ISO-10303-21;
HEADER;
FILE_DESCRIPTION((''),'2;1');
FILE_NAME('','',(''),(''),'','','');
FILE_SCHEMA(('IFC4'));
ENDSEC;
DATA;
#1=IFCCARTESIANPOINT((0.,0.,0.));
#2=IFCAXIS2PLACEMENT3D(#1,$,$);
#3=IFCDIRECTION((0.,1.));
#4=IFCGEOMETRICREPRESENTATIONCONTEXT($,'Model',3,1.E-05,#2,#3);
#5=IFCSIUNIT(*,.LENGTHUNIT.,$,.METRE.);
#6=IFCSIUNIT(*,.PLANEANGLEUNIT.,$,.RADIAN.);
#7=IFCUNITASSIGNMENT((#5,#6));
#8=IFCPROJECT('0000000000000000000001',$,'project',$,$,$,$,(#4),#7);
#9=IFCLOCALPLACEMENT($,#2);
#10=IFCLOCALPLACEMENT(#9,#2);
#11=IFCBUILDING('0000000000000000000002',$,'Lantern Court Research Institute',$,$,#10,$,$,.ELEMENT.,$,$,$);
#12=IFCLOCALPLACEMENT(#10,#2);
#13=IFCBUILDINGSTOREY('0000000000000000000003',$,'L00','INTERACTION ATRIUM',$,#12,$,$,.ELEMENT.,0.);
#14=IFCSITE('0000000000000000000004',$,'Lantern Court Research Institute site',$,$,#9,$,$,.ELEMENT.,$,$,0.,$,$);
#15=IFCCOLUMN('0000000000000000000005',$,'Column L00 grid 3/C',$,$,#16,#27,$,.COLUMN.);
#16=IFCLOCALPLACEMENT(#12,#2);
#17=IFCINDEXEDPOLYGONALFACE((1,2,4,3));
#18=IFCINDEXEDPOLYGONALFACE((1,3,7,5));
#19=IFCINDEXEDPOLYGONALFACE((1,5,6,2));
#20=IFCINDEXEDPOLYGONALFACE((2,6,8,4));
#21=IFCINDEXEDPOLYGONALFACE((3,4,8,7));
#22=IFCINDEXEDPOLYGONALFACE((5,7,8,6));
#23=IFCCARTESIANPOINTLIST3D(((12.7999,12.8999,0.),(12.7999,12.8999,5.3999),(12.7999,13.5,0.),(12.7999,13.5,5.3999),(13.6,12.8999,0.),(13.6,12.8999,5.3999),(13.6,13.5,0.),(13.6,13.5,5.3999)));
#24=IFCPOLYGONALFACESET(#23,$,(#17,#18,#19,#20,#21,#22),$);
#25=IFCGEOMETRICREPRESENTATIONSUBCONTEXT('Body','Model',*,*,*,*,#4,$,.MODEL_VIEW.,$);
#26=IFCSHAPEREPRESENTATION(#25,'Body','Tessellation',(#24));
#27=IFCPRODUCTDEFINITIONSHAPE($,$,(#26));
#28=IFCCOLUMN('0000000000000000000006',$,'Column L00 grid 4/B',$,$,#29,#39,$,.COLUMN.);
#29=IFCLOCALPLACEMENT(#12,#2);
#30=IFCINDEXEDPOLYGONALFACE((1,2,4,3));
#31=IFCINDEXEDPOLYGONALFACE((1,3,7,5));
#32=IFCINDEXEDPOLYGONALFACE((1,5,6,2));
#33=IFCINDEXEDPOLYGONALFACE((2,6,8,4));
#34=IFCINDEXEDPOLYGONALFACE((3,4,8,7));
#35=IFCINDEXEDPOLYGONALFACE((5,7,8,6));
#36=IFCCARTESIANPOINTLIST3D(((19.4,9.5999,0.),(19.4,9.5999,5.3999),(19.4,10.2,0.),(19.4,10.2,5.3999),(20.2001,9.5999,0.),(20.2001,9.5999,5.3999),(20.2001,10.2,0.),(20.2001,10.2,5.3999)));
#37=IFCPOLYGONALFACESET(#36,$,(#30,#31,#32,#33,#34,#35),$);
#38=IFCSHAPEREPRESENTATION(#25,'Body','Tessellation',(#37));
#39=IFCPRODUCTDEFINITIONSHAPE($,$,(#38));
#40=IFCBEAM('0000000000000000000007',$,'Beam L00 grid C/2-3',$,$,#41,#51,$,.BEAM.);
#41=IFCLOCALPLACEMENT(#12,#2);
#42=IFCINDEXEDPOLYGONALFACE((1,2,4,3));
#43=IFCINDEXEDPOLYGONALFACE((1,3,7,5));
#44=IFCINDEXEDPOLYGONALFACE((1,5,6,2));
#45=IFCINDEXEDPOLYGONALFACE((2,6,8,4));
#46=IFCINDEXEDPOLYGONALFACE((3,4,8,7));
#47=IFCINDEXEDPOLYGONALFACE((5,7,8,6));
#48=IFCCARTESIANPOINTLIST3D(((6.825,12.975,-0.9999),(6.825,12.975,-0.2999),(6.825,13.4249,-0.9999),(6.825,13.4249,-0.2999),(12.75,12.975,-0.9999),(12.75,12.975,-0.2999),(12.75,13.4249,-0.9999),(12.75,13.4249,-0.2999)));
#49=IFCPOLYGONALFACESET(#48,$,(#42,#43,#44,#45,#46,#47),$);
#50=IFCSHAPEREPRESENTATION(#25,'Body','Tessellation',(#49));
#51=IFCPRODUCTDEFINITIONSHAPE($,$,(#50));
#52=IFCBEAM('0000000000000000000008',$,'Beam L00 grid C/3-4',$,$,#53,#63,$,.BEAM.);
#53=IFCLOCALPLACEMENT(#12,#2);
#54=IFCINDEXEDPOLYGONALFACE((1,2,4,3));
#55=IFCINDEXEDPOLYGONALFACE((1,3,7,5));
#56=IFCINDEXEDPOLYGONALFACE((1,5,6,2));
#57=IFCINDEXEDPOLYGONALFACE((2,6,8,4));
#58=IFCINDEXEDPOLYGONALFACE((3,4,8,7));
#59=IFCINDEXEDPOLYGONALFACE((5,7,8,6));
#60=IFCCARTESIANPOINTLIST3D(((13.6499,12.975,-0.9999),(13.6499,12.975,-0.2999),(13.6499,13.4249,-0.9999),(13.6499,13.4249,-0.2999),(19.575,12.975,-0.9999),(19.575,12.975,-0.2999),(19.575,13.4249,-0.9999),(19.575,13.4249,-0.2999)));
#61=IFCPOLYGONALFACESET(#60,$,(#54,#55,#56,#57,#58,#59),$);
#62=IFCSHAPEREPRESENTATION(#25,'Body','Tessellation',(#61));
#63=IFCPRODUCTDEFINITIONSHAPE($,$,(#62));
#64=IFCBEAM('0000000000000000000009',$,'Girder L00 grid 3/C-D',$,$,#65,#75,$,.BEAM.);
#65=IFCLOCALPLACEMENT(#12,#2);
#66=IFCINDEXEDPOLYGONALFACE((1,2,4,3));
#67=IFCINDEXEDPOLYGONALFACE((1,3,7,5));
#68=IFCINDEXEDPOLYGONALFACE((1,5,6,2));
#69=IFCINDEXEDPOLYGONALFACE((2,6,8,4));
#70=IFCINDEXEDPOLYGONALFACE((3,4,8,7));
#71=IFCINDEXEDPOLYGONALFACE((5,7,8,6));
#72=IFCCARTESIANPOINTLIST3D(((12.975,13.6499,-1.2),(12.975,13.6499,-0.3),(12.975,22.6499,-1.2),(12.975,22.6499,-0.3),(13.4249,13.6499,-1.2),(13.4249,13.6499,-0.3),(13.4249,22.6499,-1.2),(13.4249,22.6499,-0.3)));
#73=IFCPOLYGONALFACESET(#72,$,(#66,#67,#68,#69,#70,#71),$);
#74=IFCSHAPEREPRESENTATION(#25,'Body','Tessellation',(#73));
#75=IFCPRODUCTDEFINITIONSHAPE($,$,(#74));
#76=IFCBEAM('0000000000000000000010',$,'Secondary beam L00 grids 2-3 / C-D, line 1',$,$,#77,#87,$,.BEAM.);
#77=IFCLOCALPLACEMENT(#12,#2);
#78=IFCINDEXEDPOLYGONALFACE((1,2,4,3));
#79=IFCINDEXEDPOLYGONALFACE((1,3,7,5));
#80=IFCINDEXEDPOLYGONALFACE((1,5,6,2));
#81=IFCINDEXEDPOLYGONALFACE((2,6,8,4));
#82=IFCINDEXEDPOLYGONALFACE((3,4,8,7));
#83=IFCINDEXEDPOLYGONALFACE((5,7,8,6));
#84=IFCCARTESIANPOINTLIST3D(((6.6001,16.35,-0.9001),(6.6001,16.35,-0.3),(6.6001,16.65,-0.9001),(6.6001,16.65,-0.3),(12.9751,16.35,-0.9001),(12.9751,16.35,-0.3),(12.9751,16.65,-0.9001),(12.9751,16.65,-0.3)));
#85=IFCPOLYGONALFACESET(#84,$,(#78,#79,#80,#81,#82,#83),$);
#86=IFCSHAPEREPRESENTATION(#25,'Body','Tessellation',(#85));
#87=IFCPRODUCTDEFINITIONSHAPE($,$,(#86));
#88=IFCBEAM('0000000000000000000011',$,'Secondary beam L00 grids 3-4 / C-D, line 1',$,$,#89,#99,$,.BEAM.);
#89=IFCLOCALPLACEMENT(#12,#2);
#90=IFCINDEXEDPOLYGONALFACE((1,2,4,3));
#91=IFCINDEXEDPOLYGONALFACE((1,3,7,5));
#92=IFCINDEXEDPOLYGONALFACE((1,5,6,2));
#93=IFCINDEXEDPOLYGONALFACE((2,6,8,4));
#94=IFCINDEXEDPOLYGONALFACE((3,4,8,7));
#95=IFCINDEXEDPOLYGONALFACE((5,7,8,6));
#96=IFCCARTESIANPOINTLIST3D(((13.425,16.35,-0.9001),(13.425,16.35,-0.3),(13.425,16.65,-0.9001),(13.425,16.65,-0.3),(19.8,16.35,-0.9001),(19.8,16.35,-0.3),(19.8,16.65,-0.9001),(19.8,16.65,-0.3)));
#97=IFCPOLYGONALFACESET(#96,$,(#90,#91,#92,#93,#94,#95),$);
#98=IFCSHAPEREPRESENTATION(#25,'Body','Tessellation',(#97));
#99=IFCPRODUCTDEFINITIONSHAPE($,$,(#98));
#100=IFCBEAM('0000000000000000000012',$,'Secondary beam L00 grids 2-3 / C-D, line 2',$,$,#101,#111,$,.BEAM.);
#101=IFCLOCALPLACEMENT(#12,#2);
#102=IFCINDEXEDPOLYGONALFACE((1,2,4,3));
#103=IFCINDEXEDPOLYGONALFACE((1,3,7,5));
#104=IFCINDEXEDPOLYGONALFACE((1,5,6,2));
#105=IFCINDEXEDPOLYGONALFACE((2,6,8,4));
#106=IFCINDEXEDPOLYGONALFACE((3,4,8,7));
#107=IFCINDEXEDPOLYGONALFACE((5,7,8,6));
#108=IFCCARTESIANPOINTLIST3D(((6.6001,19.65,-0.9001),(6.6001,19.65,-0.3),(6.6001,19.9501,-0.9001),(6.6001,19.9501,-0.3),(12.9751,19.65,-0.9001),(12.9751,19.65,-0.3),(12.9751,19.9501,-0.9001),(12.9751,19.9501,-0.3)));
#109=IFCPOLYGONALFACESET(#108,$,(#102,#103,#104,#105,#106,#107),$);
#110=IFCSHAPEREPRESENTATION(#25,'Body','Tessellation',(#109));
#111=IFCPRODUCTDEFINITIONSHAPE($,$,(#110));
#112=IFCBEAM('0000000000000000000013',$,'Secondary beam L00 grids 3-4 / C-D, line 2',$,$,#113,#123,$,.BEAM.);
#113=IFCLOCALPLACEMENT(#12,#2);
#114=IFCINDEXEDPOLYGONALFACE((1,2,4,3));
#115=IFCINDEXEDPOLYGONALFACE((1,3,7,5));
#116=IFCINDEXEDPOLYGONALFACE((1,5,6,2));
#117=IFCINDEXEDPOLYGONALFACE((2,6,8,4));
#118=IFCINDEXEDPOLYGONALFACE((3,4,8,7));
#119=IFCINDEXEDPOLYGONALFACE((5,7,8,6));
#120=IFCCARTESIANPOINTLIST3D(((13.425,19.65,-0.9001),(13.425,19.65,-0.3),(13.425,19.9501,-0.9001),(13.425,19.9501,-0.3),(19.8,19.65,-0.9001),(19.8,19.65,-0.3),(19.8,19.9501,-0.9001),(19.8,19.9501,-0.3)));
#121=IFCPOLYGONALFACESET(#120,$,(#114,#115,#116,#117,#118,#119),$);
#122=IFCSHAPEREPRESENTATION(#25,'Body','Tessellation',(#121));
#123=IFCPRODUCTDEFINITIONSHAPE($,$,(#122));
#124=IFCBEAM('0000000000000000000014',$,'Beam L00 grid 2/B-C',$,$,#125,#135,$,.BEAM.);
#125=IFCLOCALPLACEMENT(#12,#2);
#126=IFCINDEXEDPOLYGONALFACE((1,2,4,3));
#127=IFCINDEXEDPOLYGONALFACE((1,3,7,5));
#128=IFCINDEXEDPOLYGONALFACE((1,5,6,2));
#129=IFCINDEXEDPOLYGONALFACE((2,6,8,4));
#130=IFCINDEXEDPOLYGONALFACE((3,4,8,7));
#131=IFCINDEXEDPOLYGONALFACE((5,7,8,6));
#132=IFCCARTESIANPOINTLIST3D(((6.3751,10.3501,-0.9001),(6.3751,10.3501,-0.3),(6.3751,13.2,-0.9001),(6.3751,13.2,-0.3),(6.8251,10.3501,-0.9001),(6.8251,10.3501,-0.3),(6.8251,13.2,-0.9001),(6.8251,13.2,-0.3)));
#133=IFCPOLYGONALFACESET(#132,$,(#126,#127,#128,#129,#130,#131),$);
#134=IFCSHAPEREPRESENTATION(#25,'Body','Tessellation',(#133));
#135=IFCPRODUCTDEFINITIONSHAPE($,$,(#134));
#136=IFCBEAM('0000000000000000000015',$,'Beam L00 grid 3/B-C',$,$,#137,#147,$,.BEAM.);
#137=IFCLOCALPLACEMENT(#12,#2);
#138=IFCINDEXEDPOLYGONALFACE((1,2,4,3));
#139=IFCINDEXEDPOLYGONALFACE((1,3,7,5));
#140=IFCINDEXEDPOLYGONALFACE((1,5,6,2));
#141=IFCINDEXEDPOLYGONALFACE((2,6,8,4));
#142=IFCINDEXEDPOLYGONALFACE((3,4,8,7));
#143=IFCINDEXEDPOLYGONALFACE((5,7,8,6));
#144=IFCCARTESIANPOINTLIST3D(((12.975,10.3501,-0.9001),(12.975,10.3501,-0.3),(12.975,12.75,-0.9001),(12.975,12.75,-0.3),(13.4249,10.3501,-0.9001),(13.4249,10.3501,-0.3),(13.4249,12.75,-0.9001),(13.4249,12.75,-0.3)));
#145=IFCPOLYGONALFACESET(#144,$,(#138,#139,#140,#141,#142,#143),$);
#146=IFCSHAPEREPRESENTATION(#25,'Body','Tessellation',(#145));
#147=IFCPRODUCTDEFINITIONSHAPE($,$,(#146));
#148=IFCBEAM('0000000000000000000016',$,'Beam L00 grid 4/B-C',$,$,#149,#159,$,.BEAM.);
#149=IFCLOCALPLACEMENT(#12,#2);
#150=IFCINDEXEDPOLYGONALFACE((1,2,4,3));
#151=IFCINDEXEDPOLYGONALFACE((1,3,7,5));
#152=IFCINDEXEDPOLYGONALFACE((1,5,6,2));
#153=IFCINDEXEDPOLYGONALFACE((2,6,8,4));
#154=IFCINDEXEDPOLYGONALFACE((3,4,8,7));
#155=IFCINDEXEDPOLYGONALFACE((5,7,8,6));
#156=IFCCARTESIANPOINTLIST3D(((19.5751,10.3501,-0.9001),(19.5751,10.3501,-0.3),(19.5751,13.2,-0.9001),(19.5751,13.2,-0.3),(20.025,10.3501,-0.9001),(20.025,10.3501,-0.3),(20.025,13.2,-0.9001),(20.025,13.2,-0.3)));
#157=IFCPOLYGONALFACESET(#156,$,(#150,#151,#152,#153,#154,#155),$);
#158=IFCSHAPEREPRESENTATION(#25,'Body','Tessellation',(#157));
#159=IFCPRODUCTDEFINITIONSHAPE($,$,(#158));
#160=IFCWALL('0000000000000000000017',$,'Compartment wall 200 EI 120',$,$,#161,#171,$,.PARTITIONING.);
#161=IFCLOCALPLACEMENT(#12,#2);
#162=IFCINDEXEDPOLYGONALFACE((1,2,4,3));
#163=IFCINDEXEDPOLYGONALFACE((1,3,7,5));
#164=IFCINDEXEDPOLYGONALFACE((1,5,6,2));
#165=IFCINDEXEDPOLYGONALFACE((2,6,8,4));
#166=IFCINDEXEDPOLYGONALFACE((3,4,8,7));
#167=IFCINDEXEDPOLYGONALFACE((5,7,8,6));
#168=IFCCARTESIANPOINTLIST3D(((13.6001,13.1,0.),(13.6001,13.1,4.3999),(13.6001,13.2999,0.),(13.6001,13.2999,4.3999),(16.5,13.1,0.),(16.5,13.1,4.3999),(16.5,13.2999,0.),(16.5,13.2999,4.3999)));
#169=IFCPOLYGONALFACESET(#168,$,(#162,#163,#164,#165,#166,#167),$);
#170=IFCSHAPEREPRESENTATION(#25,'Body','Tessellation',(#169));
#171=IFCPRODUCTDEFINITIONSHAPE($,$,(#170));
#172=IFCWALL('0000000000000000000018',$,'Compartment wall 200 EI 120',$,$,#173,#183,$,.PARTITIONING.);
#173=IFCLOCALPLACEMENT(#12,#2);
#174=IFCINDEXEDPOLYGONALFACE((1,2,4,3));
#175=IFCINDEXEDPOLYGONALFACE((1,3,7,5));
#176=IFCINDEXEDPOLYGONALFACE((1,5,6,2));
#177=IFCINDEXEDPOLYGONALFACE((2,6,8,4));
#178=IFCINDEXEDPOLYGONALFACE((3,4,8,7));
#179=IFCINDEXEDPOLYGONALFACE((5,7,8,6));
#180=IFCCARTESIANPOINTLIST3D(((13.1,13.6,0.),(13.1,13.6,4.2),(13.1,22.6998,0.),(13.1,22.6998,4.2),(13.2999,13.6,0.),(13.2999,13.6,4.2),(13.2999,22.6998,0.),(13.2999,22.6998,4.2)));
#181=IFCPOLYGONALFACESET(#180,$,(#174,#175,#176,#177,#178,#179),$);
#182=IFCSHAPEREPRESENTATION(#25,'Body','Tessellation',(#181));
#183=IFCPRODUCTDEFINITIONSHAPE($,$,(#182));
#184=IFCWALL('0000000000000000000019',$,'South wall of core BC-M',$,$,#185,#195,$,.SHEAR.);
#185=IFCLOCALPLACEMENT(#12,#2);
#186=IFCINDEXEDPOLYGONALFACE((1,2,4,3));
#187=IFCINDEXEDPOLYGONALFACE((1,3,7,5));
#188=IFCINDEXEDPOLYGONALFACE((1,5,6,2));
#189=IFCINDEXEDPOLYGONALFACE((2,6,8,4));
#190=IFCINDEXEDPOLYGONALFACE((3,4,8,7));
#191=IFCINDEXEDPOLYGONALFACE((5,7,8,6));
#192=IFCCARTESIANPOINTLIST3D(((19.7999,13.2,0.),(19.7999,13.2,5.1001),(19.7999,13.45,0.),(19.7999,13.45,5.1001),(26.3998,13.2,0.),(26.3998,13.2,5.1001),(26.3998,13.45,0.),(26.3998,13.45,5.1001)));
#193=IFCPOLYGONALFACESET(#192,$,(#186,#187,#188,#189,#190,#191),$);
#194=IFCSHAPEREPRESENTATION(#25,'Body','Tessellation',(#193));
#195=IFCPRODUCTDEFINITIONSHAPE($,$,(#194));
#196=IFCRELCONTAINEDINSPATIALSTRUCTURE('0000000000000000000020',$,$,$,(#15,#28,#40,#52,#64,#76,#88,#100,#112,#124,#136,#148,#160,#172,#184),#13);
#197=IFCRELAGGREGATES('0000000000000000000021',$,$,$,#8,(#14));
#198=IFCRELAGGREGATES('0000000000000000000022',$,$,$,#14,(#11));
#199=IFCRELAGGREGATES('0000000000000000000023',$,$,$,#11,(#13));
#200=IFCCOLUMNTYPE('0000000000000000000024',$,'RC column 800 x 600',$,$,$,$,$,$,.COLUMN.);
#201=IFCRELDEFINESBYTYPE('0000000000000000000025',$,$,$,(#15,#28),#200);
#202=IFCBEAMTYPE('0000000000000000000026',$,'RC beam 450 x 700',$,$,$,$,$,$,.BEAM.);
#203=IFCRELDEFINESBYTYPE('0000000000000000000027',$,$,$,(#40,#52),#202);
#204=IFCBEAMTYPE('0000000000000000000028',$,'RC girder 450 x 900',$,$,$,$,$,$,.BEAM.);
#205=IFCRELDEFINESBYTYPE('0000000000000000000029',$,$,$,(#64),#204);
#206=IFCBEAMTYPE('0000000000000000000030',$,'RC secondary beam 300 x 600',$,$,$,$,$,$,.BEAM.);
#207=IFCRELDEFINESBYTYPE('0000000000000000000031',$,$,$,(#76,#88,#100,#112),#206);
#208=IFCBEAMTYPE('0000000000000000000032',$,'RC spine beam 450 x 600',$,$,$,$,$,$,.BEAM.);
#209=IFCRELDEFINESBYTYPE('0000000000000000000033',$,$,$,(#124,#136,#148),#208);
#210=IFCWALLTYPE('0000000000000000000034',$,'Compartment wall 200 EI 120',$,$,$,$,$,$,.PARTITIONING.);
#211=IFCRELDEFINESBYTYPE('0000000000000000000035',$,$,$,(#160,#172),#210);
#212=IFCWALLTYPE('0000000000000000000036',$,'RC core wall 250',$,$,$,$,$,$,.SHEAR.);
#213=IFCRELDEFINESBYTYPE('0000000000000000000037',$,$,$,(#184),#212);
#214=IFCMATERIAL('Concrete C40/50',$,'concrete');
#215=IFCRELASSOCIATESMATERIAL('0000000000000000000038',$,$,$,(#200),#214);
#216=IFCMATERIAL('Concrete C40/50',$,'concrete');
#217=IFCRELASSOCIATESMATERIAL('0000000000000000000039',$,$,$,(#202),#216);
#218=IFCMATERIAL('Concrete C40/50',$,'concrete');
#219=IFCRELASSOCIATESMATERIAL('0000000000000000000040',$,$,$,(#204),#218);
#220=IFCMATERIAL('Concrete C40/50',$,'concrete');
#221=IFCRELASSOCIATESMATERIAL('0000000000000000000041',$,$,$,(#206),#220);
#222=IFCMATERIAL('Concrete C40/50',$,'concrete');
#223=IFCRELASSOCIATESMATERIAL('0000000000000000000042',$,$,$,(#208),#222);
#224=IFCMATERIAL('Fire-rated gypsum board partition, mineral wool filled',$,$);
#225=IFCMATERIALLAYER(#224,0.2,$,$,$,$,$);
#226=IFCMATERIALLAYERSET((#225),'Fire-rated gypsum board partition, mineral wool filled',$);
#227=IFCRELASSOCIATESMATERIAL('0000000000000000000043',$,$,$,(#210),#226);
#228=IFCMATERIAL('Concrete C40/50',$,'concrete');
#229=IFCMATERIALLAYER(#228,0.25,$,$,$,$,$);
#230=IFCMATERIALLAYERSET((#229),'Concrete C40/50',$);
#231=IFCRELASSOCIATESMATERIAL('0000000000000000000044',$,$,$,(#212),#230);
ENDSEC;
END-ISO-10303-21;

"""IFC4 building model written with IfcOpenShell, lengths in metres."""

from ifc_helpers import new_model, si_unit, direction, frame, frame_2d, origin, origin_2d, place, context, subcontext, project, spatial, rectangle, extrude, material, layer, layer_set, material_profile, profile_set, type_object, element, save


model = new_model("IFC4")

# Units and contexts
model_context = context("Model", 3, precision=1e-05, world=origin(), true_north=direction((0.0, 1.0)))
body_context = subcontext(model_context, "Body", "Model", "MODEL_VIEW")
ifc_project = project(units=[si_unit("LENGTHUNIT", "METRE"), si_unit("PLANEANGLEUNIT", "RADIAN")], contexts=[model_context])

# Site, building, storey
site_placement = place(None, origin())
site = spatial("IfcSite", under=ifc_project, at=site_placement, Name="Lantern Court Research Institute site", CompositionType="ELEMENT", RefElevation=0.0)
building_placement = place(site_placement, origin())
building = spatial("IfcBuilding", under=site, at=building_placement, Name="Lantern Court Research Institute", CompositionType="ELEMENT")
storey_placement = place(building_placement, origin())
storey = spatial("IfcBuildingStorey", under=building, at=storey_placement, Name="L00", Description="INTERACTION ATRIUM", CompositionType="ELEMENT", Elevation=0.0)

# Columns
ifc_material_1 = material(Name="Concrete C40/50", Category="concrete")
ifc_material_profile_1 = material_profile(ifc_material_1, rectangle(XDim=0.8, YDim=0.6001, at=origin_2d()), Name="RC column 800 x 600")
ifc_profile_set_1 = profile_set([ifc_material_profile_1], Name="Concrete C40/50")
column_type = type_object("IfcColumnType", Name="RC column 800 x 600", PredefinedType="COLUMN", material=ifc_profile_set_1)
for number, where, z_axis, x_axis, name in (
    (1, (13.2, 13.2, 0.0), (0.0, 0.0, 1.0), (1.0, 0.0, 0.0), "Column L00 grid 3/C"),
    (2, (19.8, 9.8999, 0.0), (0.0, 0.0, 1.0), (1.0, 0.0, 0.0), "Column L00 grid 4/B"),
):
    element("IfcColumn", number, at=place(storey_placement, frame(where, z_axis=z_axis, x_axis=x_axis)), inside=storey, type_object=column_type, Name=name, PredefinedType="COLUMN", context=body_context, shape_type="SweptSolid", body=[
        extrude(rectangle(XDim=0.8, YDim=0.6001, at=origin_2d()), origin(), (0.0, 0.0, 1.0), 5.3999),
    ])

# Beams
ifc_material_2 = material(Name="Concrete C40/50", Category="concrete")
ifc_material_profile_2 = material_profile(ifc_material_2, rectangle(XDim=0.45, YDim=0.7, at=origin_2d()), Name="RC beam 450 x 700")
ifc_profile_set_2 = profile_set([ifc_material_profile_2], Name="Concrete C40/50")
beam_type_1 = type_object("IfcBeamType", Name="RC beam 450 x 700", PredefinedType="BEAM", material=ifc_profile_set_2)
for number, where, z_axis, x_axis, name in (
    (3, (6.825, 13.2, -0.6499), (1.0, 0.0, 0.0), (0.0, 1.0, 0.0), "Beam L00 grid C/2-3"),
    (4, (13.6499, 13.2, -0.6499), (1.0, 0.0, 0.0), (0.0, 1.0, 0.0), "Beam L00 grid C/3-4"),
):
    element("IfcBeam", number, at=place(storey_placement, frame(where, z_axis=z_axis, x_axis=x_axis)), inside=storey, type_object=beam_type_1, Name=name, PredefinedType="BEAM", context=body_context, shape_type="SweptSolid", body=[
        extrude(rectangle(XDim=0.45, YDim=0.7, at=origin_2d()), origin(), (0.0, 0.0, 1.0), 5.925),
    ])
ifc_material_3 = material(Name="Concrete C40/50", Category="concrete")
ifc_material_profile_3 = material_profile(ifc_material_3, rectangle(XDim=0.45, YDim=0.8999, at=origin_2d()), Name="RC beam 450 x 900")
ifc_profile_set_3 = profile_set([ifc_material_profile_3], Name="Concrete C40/50")
beam_type_2 = type_object("IfcBeamType", Name="RC girder 450 x 900", PredefinedType="BEAM", material=ifc_profile_set_3)
beam_1_placement = place(storey_placement, frame((13.2, 13.6499, -0.75), z_axis=(0.0, 1.0, 0.0), x_axis=(-1.0, 0.0, 0.0)))
element("IfcBeam", 5, at=beam_1_placement, inside=storey, type_object=beam_type_2, Name="Girder L00 grid 3/C-D", PredefinedType="BEAM", context=body_context, shape_type="SweptSolid", body=[
    extrude(rectangle(XDim=0.45, YDim=0.8999, at=origin_2d()), origin(), (0.0, 0.0, 1.0), 9.0),
])
ifc_material_4 = material(Name="Concrete C40/50", Category="concrete")
ifc_material_profile_4 = material_profile(ifc_material_4, rectangle(XDim=0.3, YDim=0.6001, at=origin_2d()), Name="RC beam 300 x 600")
ifc_profile_set_4 = profile_set([ifc_material_profile_4], Name="Concrete C40/50")
beam_type_3 = type_object("IfcBeamType", Name="RC secondary beam 300 x 600", PredefinedType="BEAM", material=ifc_profile_set_4)
for number, where, z_axis, x_axis, name in (
    (6, (6.6001, 16.5, -0.6001), (1.0, 0.0, 0.0), (0.0, 1.0, 0.0), "Secondary beam L00 grids 2-3 / C-D, line 1"),
    (7, (13.425, 16.5, -0.6001), (1.0, 0.0, 0.0), (0.0, 1.0, 0.0), "Secondary beam L00 grids 3-4 / C-D, line 1"),
    (8, (6.6001, 19.8, -0.6001), (1.0, 0.0, 0.0), (0.0, 1.0, 0.0), "Secondary beam L00 grids 2-3 / C-D, line 2"),
    (9, (13.425, 19.8, -0.6001), (1.0, 0.0, 0.0), (0.0, 1.0, 0.0), "Secondary beam L00 grids 3-4 / C-D, line 2"),
):
    element("IfcBeam", number, at=place(storey_placement, frame(where, z_axis=z_axis, x_axis=x_axis)), inside=storey, type_object=beam_type_3, Name=name, PredefinedType="BEAM", context=body_context, shape_type="SweptSolid", body=[
        extrude(rectangle(XDim=0.3, YDim=0.6001, at=origin_2d()), origin(), (0.0, 0.0, 1.0), 6.375),
    ])
ifc_material_5 = material(Name="Concrete C40/50", Category="concrete")
ifc_material_profile_5 = material_profile(ifc_material_5, rectangle(XDim=0.45, YDim=0.6001, at=origin_2d()), Name="RC beam 450 x 600")
ifc_profile_set_5 = profile_set([ifc_material_profile_5], Name="Concrete C40/50")
beam_type_4 = type_object("IfcBeamType", Name="RC spine beam 450 x 600", PredefinedType="BEAM", material=ifc_profile_set_5)
beam_2_placement = place(storey_placement, frame((6.6001, 10.3501, -0.6001), z_axis=(0.0, 1.0, 0.0), x_axis=(-1.0, 0.0, 0.0)))
element("IfcBeam", 10, at=beam_2_placement, inside=storey, type_object=beam_type_4, Name="Beam L00 grid 2/B-C", PredefinedType="BEAM", context=body_context, shape_type="SweptSolid", body=[
    extrude(rectangle(XDim=0.45, YDim=0.6001, at=origin_2d()), origin(), (0.0, 0.0, 1.0), 2.8499),
])
beam_3_placement = place(storey_placement, frame((13.2, 10.3501, -0.6001), z_axis=(0.0, 1.0, 0.0), x_axis=(-1.0, 0.0, 0.0)))
element("IfcBeam", 11, at=beam_3_placement, inside=storey, type_object=beam_type_4, Name="Beam L00 grid 3/B-C", PredefinedType="BEAM", context=body_context, shape_type="SweptSolid", body=[
    extrude(rectangle(XDim=0.45, YDim=0.6001, at=origin_2d()), origin(), (0.0, 0.0, 1.0), 2.3999),
])
beam_4_placement = place(storey_placement, frame((19.8, 10.3501, -0.6001), z_axis=(0.0, 1.0, 0.0), x_axis=(-1.0, 0.0, 0.0)))
element("IfcBeam", 12, at=beam_4_placement, inside=storey, type_object=beam_type_4, Name="Beam L00 grid 4/B-C", PredefinedType="BEAM", context=body_context, shape_type="SweptSolid", body=[
    extrude(rectangle(XDim=0.45, YDim=0.6001, at=origin_2d()), origin(), (0.0, 0.0, 1.0), 2.8499),
])

# Walls
ifc_material_6 = material(Name="Fire-rated gypsum board partition, mineral wool filled")
ifc_layer_1 = layer(ifc_material_6, 0.2)
ifc_layer_set_1 = layer_set([ifc_layer_1], Name="Fire-rated gypsum board partition, mineral wool filled")
wall_type_1 = type_object("IfcWallType", Name="Compartment wall 200 EI 120", PredefinedType="PARTITIONING", material=ifc_layer_set_1)
wall_1_placement = place(storey_placement, frame((16.5, 13.2, 0.0), z_axis=(0.0, 0.0, 1.0), x_axis=(-1.0, 0.0, 0.0)))
element("IfcWall", 13, at=wall_1_placement, inside=storey, type_object=wall_type_1, Name="Compartment wall 200 EI 120", PredefinedType="PARTITIONING", context=body_context, shape_type="SweptSolid", body=[
    extrude(rectangle(XDim=2.8999, YDim=0.2, at=frame_2d((1.45, 0.0))), origin(), (0.0, 0.0, 1.0), 4.3999),
])
wall_2_placement = place(storey_placement, frame((13.2, 13.6001, 0.0), z_axis=(0.0, 0.0, 1.0), x_axis=(0.0, 1.0, 0.0)))
element("IfcWall", 14, at=wall_2_placement, inside=storey, type_object=wall_type_1, Name="Compartment wall 200 EI 120", PredefinedType="PARTITIONING", context=body_context, shape_type="SweptSolid", body=[
    extrude(rectangle(XDim=9.0999, YDim=0.2, at=frame_2d((4.5498, 0.0))), origin(), (0.0, 0.0, 1.0), 4.2),
])

# Wall
ifc_material_7 = material(Name="Concrete C40/50", Category="concrete")
ifc_layer_2 = layer(ifc_material_7, 0.25)
ifc_layer_set_2 = layer_set([ifc_layer_2], Name="Concrete C40/50")
wall_type_2 = type_object("IfcWallType", Name="RC core wall 250", PredefinedType="SHEAR", material=ifc_layer_set_2)
wall_3_placement = place(storey_placement, frame((19.8, 13.325, 0.0), z_axis=(0.0, 0.0, 1.0), x_axis=(1.0, 0.0, 0.0)))
element("IfcWall", 15, at=wall_3_placement, inside=storey, type_object=wall_type_2, Name="South wall of core BC-M", PredefinedType="SHEAR", context=body_context, shape_type="SweptSolid", body=[
    extrude(rectangle(XDim=6.5999, YDim=0.25, at=frame_2d((3.2998, 0.0))), origin(), (0.0, 0.0, 1.0), 5.1001),
])

save(model, "model.ifc")
